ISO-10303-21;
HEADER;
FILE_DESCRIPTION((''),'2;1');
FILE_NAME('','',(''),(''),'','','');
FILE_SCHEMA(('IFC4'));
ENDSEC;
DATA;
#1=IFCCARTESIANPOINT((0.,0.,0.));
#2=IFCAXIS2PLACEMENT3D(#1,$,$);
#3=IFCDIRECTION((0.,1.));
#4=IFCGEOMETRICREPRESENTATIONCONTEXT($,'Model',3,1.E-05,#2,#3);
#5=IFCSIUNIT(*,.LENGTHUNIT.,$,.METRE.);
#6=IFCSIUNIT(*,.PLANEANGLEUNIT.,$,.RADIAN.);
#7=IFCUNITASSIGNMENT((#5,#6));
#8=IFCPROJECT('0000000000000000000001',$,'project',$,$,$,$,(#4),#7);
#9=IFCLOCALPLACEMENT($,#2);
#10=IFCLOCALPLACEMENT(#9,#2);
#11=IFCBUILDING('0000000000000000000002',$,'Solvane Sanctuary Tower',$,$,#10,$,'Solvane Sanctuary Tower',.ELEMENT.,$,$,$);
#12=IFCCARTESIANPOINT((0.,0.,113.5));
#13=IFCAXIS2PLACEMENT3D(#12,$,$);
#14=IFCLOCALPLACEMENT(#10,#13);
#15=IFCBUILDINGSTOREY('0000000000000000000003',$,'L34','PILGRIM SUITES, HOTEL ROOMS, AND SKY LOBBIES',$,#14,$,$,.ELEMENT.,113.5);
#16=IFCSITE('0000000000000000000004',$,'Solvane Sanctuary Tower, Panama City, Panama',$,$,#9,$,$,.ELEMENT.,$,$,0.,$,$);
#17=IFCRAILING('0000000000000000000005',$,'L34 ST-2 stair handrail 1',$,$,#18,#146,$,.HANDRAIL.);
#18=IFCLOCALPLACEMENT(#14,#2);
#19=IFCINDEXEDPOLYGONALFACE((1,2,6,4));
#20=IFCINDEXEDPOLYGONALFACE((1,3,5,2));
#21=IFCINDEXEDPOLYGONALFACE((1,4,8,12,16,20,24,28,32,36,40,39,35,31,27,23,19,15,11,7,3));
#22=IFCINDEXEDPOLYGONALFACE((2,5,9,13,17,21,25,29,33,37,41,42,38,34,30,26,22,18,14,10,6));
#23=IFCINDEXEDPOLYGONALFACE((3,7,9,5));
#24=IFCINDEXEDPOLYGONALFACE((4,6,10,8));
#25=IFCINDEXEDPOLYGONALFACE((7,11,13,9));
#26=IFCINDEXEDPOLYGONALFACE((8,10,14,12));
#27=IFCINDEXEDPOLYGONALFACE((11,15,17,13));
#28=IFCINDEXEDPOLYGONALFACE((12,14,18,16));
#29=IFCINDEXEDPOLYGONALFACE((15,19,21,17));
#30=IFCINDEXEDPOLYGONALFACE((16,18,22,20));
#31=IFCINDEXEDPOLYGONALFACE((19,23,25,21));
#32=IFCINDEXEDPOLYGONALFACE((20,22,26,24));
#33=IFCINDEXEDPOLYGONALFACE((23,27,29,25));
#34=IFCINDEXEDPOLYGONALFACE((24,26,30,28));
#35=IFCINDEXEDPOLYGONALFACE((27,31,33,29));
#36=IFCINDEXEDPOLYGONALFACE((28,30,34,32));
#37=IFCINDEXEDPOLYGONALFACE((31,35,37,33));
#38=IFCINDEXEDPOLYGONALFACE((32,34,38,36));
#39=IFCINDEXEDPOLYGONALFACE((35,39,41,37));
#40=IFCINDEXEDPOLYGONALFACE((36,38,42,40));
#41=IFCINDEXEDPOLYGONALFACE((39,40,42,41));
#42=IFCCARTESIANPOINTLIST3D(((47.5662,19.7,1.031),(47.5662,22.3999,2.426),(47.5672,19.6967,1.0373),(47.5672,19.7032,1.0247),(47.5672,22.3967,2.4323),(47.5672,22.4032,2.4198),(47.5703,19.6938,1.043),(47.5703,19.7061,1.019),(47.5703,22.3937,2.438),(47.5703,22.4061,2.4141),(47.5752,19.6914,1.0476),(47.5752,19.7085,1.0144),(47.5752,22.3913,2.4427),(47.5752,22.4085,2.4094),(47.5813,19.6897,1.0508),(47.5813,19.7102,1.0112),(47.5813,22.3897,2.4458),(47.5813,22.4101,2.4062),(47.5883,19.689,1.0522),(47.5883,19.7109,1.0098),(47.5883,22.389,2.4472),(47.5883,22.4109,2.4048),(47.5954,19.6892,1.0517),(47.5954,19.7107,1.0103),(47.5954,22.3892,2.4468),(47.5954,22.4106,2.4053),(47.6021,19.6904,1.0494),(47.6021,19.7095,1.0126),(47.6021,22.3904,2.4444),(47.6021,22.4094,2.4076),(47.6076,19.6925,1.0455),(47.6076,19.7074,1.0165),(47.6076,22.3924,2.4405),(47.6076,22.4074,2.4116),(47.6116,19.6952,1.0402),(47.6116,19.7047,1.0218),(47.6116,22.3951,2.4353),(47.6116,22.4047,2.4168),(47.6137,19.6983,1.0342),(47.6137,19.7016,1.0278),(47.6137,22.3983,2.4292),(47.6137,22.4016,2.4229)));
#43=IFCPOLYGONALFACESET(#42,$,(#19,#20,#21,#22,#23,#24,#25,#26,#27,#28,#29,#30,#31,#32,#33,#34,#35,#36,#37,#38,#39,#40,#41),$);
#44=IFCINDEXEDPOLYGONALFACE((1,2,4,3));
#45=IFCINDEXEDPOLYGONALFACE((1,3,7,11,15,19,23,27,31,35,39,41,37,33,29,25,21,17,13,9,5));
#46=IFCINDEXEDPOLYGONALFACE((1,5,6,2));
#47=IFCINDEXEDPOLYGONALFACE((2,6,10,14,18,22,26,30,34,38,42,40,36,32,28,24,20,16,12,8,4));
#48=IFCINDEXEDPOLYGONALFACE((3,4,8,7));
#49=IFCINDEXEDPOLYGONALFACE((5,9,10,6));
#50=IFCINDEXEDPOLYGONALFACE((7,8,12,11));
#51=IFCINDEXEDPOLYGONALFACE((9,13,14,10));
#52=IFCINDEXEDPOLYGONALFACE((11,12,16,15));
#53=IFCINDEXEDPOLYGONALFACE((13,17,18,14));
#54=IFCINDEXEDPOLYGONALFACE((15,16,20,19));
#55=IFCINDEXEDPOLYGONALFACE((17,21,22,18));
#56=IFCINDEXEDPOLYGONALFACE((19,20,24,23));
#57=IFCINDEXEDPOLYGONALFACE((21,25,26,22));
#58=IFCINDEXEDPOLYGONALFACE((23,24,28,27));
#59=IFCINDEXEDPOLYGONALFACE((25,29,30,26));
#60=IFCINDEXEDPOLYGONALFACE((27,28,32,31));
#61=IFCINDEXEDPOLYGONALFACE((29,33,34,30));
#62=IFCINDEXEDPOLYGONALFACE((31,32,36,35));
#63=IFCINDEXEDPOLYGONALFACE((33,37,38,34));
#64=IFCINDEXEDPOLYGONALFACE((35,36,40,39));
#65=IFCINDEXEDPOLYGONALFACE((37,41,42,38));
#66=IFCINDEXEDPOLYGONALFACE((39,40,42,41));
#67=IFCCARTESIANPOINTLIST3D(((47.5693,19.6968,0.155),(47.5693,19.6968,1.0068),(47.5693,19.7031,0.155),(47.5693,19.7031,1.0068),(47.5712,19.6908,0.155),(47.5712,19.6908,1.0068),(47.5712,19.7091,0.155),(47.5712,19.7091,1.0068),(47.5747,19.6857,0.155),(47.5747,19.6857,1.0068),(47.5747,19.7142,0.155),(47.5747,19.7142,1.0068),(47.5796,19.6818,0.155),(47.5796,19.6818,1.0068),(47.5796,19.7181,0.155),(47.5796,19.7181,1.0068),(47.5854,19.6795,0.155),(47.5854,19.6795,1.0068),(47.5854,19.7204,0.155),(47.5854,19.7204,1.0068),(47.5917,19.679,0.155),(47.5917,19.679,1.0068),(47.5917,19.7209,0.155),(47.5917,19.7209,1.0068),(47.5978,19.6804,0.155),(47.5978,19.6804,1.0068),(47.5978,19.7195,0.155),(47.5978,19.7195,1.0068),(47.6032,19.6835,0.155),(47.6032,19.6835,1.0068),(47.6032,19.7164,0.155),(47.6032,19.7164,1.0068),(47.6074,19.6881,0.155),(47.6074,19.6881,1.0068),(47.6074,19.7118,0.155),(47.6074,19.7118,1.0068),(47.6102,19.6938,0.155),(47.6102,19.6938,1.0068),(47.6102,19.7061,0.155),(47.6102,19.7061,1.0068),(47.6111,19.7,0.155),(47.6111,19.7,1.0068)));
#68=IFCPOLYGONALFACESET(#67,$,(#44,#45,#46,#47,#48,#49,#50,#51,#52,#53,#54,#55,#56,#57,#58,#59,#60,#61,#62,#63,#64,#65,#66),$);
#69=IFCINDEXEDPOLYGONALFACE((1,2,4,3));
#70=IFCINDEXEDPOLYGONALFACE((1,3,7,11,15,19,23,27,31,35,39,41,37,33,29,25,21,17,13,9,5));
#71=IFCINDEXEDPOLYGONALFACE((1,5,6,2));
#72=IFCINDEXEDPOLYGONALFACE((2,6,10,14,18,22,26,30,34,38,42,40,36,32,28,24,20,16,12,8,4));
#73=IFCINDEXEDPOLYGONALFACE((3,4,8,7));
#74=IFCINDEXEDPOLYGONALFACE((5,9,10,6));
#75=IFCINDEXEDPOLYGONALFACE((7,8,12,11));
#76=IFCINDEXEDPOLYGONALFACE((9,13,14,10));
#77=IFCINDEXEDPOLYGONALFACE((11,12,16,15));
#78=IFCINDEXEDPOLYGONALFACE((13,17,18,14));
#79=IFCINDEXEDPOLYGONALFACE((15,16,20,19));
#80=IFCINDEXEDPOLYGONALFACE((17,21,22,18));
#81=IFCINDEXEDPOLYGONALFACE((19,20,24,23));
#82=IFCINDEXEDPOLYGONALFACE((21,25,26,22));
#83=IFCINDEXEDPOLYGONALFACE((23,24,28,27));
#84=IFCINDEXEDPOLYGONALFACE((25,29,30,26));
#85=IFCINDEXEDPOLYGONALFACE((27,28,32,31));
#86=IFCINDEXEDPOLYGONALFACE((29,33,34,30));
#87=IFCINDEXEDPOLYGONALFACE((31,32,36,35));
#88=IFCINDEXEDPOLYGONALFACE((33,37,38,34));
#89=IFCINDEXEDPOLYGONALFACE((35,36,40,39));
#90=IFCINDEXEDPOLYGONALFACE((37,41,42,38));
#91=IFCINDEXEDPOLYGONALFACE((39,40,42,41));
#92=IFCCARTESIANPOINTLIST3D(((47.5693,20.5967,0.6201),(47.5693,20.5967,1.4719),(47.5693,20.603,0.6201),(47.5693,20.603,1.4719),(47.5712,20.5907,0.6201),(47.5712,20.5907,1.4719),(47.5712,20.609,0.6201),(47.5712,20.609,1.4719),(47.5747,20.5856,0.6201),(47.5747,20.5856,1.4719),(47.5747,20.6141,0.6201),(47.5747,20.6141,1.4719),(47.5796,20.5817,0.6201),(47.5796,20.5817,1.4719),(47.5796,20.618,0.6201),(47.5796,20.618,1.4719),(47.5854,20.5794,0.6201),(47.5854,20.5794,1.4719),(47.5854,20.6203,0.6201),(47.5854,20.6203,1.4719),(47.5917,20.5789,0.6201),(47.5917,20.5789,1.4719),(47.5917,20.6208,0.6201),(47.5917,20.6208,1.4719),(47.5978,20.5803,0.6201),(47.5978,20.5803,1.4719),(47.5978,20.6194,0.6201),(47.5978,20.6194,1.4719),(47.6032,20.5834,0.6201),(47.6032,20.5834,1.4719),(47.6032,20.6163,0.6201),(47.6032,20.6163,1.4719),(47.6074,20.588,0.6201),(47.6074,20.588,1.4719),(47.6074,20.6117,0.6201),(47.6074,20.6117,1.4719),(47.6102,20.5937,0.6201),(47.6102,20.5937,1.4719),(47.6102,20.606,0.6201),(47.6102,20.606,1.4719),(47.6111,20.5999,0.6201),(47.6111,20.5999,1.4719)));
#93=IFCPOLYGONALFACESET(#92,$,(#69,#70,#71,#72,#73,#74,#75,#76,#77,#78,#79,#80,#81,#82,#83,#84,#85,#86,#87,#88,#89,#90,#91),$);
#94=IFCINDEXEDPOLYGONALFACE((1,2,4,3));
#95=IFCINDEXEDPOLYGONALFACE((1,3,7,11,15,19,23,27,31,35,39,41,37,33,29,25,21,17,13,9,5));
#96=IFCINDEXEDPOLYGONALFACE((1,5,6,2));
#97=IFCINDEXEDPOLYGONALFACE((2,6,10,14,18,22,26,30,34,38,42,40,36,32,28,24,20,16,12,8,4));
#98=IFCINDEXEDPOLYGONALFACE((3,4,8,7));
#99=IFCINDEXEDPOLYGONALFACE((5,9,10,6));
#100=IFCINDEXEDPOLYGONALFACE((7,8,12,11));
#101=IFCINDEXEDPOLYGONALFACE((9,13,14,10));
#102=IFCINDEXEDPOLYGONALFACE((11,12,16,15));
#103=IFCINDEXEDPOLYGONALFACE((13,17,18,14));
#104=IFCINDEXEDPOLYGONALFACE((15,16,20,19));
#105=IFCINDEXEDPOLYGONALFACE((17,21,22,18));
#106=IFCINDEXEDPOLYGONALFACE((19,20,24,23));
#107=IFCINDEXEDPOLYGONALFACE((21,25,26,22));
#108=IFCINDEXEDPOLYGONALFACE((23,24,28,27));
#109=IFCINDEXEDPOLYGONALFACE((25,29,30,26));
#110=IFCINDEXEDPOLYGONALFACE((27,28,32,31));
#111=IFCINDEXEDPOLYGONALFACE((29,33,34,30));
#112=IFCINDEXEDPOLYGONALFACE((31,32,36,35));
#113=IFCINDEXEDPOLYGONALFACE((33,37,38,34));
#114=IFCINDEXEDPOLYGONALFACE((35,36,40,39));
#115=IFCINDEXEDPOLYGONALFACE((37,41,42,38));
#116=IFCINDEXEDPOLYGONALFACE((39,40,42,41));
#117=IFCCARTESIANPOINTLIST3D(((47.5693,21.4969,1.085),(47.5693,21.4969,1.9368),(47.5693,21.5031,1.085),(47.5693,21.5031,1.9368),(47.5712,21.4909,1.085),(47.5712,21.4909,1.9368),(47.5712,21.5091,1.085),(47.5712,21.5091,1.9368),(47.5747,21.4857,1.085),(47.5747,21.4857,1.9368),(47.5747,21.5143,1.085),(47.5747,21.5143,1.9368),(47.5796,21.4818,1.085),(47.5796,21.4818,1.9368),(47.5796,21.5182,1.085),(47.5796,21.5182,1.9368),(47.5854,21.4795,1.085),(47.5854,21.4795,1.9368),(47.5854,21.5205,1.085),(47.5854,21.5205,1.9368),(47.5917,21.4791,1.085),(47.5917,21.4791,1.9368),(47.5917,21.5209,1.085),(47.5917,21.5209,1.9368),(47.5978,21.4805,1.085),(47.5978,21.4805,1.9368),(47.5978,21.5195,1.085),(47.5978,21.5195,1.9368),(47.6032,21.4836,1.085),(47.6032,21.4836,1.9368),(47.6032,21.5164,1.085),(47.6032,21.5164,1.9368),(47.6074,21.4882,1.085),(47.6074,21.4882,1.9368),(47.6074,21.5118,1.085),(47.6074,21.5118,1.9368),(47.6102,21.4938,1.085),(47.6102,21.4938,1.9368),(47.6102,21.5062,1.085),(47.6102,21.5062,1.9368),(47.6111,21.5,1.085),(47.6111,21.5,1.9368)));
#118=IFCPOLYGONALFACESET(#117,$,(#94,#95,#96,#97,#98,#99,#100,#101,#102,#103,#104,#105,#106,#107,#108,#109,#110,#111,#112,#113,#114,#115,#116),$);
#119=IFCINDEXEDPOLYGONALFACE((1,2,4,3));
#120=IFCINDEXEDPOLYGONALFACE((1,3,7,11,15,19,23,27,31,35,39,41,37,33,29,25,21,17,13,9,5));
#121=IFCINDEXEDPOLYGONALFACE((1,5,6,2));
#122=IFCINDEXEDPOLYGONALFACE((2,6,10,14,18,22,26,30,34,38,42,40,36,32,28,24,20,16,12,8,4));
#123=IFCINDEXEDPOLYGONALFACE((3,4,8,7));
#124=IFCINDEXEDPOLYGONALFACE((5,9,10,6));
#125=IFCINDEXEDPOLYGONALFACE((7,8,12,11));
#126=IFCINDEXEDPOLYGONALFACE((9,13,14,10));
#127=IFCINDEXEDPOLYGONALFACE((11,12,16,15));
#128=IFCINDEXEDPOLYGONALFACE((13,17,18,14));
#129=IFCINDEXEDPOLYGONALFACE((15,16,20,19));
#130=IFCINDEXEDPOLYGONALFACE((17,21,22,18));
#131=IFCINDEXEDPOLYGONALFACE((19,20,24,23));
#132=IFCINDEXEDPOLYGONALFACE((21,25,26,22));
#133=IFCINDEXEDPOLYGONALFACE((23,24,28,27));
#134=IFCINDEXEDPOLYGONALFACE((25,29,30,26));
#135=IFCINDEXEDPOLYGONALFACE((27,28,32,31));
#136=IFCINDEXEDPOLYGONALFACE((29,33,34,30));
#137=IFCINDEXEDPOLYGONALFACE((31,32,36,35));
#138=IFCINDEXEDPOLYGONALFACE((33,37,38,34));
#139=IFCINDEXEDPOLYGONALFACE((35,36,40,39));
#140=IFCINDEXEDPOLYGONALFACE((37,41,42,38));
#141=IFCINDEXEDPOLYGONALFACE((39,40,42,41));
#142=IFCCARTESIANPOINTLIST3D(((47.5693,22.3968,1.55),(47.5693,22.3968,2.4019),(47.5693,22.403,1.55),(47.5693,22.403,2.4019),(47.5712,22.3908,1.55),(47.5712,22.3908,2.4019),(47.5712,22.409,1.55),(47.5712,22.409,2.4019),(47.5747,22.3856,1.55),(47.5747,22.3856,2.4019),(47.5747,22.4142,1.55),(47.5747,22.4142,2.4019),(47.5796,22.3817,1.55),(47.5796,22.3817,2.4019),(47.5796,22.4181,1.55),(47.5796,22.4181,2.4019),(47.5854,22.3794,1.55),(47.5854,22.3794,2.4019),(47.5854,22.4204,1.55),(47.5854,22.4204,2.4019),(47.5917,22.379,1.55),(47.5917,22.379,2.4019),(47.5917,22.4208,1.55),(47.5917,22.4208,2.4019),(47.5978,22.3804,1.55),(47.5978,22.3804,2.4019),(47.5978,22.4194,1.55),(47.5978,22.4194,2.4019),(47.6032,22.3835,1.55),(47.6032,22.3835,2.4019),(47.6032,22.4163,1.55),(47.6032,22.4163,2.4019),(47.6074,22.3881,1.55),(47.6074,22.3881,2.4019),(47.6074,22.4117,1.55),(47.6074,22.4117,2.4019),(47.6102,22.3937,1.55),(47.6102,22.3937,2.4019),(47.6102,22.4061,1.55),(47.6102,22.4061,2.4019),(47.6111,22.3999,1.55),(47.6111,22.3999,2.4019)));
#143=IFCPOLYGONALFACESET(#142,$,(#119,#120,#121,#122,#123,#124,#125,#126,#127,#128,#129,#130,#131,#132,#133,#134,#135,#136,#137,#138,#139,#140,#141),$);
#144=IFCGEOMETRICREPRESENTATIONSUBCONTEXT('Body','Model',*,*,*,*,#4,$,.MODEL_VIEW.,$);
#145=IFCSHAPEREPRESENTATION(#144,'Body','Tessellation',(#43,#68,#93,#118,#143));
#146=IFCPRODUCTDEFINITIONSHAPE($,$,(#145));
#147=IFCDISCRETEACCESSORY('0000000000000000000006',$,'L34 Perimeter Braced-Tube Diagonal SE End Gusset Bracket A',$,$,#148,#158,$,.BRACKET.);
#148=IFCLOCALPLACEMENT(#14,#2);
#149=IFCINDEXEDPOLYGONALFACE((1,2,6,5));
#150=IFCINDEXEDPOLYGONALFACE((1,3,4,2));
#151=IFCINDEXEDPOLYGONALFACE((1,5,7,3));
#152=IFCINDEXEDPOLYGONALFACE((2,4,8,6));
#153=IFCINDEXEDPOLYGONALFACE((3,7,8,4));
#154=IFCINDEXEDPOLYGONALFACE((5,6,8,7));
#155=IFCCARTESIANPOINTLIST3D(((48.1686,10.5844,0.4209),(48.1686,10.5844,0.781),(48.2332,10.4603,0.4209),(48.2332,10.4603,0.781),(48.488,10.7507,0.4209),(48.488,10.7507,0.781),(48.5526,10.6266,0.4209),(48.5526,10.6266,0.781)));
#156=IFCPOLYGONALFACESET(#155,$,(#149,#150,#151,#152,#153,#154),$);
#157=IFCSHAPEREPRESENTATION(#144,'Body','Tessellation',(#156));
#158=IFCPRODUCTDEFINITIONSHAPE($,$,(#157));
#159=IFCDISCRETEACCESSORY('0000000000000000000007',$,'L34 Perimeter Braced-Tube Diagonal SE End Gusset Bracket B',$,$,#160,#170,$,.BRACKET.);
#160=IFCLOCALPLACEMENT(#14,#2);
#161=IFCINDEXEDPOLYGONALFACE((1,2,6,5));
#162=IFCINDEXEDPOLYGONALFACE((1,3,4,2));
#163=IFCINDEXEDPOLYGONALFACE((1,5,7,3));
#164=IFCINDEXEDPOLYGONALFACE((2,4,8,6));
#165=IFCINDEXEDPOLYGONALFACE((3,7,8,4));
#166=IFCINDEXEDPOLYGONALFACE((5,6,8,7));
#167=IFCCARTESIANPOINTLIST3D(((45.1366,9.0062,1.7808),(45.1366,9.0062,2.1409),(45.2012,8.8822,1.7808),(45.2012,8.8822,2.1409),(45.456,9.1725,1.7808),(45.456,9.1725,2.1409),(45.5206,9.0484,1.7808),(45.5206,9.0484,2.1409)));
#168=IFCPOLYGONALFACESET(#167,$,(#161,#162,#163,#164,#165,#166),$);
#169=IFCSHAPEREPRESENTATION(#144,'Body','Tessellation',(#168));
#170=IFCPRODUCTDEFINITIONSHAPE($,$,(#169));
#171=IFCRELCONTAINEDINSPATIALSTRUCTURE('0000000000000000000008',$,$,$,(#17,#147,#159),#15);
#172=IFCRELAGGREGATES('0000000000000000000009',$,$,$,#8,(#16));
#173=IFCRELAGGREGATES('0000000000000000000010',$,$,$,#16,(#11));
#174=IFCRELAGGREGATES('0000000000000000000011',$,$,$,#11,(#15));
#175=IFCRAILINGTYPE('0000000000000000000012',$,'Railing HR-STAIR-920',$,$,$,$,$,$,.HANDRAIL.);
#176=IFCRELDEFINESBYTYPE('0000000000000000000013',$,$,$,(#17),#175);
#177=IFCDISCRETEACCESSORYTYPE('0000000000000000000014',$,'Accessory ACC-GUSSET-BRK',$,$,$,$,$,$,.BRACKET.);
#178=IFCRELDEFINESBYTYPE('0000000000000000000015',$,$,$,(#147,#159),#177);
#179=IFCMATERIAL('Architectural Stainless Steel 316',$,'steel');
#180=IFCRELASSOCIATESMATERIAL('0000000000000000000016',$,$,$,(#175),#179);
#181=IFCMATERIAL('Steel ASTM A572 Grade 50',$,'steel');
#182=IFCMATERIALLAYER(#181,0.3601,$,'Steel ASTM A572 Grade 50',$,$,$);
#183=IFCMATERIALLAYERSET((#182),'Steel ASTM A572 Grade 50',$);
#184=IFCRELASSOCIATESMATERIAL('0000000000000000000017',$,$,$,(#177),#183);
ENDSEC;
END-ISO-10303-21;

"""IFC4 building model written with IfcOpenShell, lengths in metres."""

from ifc_helpers import new_model, si_unit, direction, frame, origin, origin_2d, place, context, subcontext, project, spatial, rectangle, circle, extrude, material, layer, layer_set, type_object, element, save


model = new_model("IFC4")

# Units and contexts
model_context = context("Model", 3, precision=1e-05, world=origin(), true_north=direction((0.0, 1.0)))
body_context = subcontext(model_context, "Body", "Model", "MODEL_VIEW")
ifc_project = project(units=[si_unit("LENGTHUNIT", "METRE"), si_unit("PLANEANGLEUNIT", "RADIAN")], contexts=[model_context])

# Site, building, storey
site_placement = place(None, origin())
site = spatial("IfcSite", under=ifc_project, at=site_placement, Name="Solvane Sanctuary Tower, Panama City, Panama", CompositionType="ELEMENT", RefElevation=0.0)
building_placement = place(site_placement, origin())
building = spatial("IfcBuilding", under=site, at=building_placement, Name="Solvane Sanctuary Tower", LongName="Solvane Sanctuary Tower", CompositionType="ELEMENT")
storey_placement = place(building_placement, frame((0.0, 0.0, 113.5)))
storey = spatial("IfcBuildingStorey", under=building, at=storey_placement, Name="L34", Description="PILGRIM SUITES, HOTEL ROOMS, AND SKY LOBBIES", CompositionType="ELEMENT", Elevation=113.5)

# Railing
ifc_material_1 = material(Name="Architectural Stainless Steel 316", Category="steel")
railing_type_1 = type_object("IfcRailingType", Name="Railing HR-STAIR-920", PredefinedType="HANDRAIL", material=ifc_material_1)
railing_1_placement = place(storey_placement, frame((47.5901, 19.7, 0.155)))
element("IfcRailing", 1, at=railing_1_placement, inside=storey, type_object=railing_type_1, Name="L34 ST-2 stair handrail 1", PredefinedType="HANDRAIL", context=body_context, shape_type="SweptSolid", body=[
    extrude(circle(Radius=0.0239, at=origin_2d()), frame((0.0, 0.0, 0.876), z_axis=(0.0, 0.88842, 0.459032), x_axis=(-1.0, 0.0, 0.0)), (0.0, 0.0, 1.0), 3.0391),
    extrude(circle(Radius=0.021, at=origin_2d()), origin(), (0.0, 0.0, 1.0), 0.8518),
    extrude(circle(Radius=0.021, at=origin_2d()), frame((0.0, 0.8999, 0.4651)), (0.0, 0.0, 1.0), 0.8518),
    extrude(circle(Radius=0.021, at=origin_2d()), frame((0.0, 1.8, 0.9299)), (0.0, 0.0, 1.0), 0.8518),
    extrude(circle(Radius=0.021, at=origin_2d()), frame((0.0, 2.7, 1.395)), (0.0, 0.0, 1.0), 0.8518),
])

# Discrete accessories
ifc_material_2 = material(Name="Steel ASTM A572 Grade 50", Category="steel")
ifc_layer_1 = layer(ifc_material_2, 0.3601, Name="Steel ASTM A572 Grade 50")
ifc_layer_set_1 = layer_set([ifc_layer_1], Name="Steel ASTM A572 Grade 50")
discrete_accessory_type = type_object("IfcDiscreteAccessoryType", Name="Accessory ACC-GUSSET-BRK", PredefinedType="BRACKET", material=ifc_layer_set_1)
for number, where, z_axis, x_axis, name in (
    (2, (48.3606, 10.6055, 0.4209), (0.0, 0.0, 1.0), (-0.887011, -0.461749, 0.0), "L34 Perimeter Braced-Tube Diagonal SE End Gusset Bracket A"),
    (3, (45.3286, 9.0273, 1.7808), (0.0, 0.0, 1.0), (-0.887011, -0.461749, 0.0), "L34 Perimeter Braced-Tube Diagonal SE End Gusset Bracket B"),
):
    element("IfcDiscreteAccessory", number, at=place(storey_placement, frame(where, z_axis=z_axis, x_axis=x_axis)), inside=storey, type_object=discrete_accessory_type, Name=name, PredefinedType="BRACKET", context=body_context, shape_type="SweptSolid", body=[
        extrude(rectangle(XDim=0.3601, YDim=0.1399, at=origin_2d()), origin(), (0.0, 0.0, 1.0), 0.3601),
    ])

save(model, "model.ifc")
